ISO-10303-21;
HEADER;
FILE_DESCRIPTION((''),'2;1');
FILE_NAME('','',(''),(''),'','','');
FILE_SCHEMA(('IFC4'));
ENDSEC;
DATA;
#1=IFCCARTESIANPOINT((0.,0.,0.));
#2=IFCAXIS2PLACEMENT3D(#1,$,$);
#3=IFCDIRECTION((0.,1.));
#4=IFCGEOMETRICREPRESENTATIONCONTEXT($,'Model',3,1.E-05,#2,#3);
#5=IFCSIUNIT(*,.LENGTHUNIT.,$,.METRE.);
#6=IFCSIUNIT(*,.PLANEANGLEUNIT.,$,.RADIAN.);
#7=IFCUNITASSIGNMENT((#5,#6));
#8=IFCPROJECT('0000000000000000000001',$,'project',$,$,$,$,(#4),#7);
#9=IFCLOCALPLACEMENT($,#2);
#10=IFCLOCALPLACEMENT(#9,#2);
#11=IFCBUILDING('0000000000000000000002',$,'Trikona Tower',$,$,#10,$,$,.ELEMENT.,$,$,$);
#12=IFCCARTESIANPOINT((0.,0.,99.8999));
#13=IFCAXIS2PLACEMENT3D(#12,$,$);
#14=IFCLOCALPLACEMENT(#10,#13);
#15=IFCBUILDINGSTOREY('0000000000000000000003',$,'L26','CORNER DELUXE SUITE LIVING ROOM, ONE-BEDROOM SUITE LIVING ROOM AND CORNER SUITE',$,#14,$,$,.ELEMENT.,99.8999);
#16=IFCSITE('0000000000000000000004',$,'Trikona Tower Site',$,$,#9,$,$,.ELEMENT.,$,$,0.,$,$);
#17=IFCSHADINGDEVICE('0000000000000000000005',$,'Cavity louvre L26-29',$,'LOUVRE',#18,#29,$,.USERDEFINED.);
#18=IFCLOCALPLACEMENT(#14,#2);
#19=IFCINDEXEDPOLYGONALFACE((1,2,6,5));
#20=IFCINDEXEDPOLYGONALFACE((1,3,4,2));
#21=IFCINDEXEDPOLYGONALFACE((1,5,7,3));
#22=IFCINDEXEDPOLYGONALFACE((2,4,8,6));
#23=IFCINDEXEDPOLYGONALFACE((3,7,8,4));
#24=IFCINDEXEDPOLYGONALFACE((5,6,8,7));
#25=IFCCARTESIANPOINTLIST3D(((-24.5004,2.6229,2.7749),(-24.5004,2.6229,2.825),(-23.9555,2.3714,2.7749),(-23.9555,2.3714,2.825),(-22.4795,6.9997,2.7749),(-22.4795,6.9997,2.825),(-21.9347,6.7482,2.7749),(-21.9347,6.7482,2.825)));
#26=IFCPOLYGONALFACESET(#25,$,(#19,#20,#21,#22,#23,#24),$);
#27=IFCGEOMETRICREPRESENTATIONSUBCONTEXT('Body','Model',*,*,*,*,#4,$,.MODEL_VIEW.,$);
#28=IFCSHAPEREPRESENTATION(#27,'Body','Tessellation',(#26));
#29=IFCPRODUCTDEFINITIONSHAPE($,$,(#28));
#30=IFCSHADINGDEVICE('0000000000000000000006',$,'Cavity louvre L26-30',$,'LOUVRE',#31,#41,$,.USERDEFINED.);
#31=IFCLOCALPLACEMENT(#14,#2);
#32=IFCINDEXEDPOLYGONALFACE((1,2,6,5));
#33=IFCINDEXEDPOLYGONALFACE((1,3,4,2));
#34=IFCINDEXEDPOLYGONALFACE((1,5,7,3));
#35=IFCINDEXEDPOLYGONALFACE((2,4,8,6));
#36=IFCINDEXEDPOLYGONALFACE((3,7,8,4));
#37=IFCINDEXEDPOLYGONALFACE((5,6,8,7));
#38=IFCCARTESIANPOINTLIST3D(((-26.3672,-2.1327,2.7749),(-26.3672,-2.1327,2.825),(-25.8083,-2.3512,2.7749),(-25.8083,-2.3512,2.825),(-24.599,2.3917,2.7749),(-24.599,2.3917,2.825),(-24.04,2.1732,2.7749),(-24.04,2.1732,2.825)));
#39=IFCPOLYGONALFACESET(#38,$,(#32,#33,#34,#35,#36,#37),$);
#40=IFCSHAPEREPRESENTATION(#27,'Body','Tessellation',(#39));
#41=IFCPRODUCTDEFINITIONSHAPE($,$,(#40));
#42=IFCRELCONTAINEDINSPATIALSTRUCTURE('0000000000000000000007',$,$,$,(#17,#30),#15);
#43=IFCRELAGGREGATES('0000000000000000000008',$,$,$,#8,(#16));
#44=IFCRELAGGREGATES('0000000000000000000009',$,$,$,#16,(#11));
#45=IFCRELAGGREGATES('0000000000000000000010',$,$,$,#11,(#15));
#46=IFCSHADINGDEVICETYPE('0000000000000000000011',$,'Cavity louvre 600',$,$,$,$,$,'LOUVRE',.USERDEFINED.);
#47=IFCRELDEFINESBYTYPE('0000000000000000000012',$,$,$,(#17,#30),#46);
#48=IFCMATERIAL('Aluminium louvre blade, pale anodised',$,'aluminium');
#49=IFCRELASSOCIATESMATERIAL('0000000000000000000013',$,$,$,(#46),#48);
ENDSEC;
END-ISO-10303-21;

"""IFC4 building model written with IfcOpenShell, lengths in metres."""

from ifc_helpers import new_model, si_unit, direction, frame, origin, origin_2d, place, context, subcontext, project, spatial, rectangle, extrude, material, type_object, element, save


model = new_model("IFC4")

# Units and contexts
model_context = context("Model", 3, precision=1e-05, world=origin(), true_north=direction((0.0, 1.0)))
body_context = subcontext(model_context, "Body", "Model", "MODEL_VIEW")
ifc_project = project(units=[si_unit("LENGTHUNIT", "METRE"), si_unit("PLANEANGLEUNIT", "RADIAN")], contexts=[model_context])

# Site, building, storey
site_placement = place(None, origin())
site = spatial("IfcSite", under=ifc_project, at=site_placement, Name="Trikona Tower Site", CompositionType="ELEMENT", RefElevation=0.0)
building_placement = place(site_placement, origin())
building = spatial("IfcBuilding", under=site, at=building_placement, Name="Trikona Tower", CompositionType="ELEMENT")
storey_placement = place(building_placement, frame((0.0, 0.0, 99.8999)))
storey = spatial("IfcBuildingStorey", under=building, at=storey_placement, Name="L26", Description="CORNER DELUXE SUITE LIVING ROOM, ONE-BEDROOM SUITE LIVING ROOM AND CORNER SUITE", CompositionType="ELEMENT", Elevation=99.8999)

# Shading devices
ifc_material_1 = material(Name="Aluminium louvre blade, pale anodised", Category="aluminium")
shading_device_type = type_object("IfcShadingDeviceType", Name="Cavity louvre 600", ElementType="LOUVRE", PredefinedType="USERDEFINED", material=ifc_material_1)
shading_device_1_placement = place(storey_placement, frame((-23.2175, 4.6855, 2.7749), z_axis=(0.0, 0.0, 1.0), x_axis=(-0.419194, -0.907897, 0.0)))
element("IfcShadingDevice", 1, at=shading_device_1_placement, inside=storey, type_object=shading_device_type, Name="Cavity louvre L26-29", ObjectType="LOUVRE", PredefinedType="USERDEFINED", context=body_context, shape_type="SweptSolid", body=[
    extrude(rectangle(XDim=4.8208, YDim=0.6001, at=origin_2d()), origin(), (0.0, 0.0, 1.0), 0.05),
])
shading_device_2_placement = place(storey_placement, frame((-25.2036, 0.0203, 2.7749), z_axis=(0.0, 0.0, 1.0), x_axis=(-0.364009, -0.931395, 0.0)))
element("IfcShadingDevice", 2, at=shading_device_2_placement, inside=storey, type_object=shading_device_type, Name="Cavity louvre L26-30", ObjectType="LOUVRE", PredefinedType="USERDEFINED", context=body_context, shape_type="SweptSolid", body=[
    extrude(rectangle(XDim=4.8577, YDim=0.6001, at=origin_2d()), origin(), (0.0, 0.0, 1.0), 0.05),
])

save(model, "model.ifc")
